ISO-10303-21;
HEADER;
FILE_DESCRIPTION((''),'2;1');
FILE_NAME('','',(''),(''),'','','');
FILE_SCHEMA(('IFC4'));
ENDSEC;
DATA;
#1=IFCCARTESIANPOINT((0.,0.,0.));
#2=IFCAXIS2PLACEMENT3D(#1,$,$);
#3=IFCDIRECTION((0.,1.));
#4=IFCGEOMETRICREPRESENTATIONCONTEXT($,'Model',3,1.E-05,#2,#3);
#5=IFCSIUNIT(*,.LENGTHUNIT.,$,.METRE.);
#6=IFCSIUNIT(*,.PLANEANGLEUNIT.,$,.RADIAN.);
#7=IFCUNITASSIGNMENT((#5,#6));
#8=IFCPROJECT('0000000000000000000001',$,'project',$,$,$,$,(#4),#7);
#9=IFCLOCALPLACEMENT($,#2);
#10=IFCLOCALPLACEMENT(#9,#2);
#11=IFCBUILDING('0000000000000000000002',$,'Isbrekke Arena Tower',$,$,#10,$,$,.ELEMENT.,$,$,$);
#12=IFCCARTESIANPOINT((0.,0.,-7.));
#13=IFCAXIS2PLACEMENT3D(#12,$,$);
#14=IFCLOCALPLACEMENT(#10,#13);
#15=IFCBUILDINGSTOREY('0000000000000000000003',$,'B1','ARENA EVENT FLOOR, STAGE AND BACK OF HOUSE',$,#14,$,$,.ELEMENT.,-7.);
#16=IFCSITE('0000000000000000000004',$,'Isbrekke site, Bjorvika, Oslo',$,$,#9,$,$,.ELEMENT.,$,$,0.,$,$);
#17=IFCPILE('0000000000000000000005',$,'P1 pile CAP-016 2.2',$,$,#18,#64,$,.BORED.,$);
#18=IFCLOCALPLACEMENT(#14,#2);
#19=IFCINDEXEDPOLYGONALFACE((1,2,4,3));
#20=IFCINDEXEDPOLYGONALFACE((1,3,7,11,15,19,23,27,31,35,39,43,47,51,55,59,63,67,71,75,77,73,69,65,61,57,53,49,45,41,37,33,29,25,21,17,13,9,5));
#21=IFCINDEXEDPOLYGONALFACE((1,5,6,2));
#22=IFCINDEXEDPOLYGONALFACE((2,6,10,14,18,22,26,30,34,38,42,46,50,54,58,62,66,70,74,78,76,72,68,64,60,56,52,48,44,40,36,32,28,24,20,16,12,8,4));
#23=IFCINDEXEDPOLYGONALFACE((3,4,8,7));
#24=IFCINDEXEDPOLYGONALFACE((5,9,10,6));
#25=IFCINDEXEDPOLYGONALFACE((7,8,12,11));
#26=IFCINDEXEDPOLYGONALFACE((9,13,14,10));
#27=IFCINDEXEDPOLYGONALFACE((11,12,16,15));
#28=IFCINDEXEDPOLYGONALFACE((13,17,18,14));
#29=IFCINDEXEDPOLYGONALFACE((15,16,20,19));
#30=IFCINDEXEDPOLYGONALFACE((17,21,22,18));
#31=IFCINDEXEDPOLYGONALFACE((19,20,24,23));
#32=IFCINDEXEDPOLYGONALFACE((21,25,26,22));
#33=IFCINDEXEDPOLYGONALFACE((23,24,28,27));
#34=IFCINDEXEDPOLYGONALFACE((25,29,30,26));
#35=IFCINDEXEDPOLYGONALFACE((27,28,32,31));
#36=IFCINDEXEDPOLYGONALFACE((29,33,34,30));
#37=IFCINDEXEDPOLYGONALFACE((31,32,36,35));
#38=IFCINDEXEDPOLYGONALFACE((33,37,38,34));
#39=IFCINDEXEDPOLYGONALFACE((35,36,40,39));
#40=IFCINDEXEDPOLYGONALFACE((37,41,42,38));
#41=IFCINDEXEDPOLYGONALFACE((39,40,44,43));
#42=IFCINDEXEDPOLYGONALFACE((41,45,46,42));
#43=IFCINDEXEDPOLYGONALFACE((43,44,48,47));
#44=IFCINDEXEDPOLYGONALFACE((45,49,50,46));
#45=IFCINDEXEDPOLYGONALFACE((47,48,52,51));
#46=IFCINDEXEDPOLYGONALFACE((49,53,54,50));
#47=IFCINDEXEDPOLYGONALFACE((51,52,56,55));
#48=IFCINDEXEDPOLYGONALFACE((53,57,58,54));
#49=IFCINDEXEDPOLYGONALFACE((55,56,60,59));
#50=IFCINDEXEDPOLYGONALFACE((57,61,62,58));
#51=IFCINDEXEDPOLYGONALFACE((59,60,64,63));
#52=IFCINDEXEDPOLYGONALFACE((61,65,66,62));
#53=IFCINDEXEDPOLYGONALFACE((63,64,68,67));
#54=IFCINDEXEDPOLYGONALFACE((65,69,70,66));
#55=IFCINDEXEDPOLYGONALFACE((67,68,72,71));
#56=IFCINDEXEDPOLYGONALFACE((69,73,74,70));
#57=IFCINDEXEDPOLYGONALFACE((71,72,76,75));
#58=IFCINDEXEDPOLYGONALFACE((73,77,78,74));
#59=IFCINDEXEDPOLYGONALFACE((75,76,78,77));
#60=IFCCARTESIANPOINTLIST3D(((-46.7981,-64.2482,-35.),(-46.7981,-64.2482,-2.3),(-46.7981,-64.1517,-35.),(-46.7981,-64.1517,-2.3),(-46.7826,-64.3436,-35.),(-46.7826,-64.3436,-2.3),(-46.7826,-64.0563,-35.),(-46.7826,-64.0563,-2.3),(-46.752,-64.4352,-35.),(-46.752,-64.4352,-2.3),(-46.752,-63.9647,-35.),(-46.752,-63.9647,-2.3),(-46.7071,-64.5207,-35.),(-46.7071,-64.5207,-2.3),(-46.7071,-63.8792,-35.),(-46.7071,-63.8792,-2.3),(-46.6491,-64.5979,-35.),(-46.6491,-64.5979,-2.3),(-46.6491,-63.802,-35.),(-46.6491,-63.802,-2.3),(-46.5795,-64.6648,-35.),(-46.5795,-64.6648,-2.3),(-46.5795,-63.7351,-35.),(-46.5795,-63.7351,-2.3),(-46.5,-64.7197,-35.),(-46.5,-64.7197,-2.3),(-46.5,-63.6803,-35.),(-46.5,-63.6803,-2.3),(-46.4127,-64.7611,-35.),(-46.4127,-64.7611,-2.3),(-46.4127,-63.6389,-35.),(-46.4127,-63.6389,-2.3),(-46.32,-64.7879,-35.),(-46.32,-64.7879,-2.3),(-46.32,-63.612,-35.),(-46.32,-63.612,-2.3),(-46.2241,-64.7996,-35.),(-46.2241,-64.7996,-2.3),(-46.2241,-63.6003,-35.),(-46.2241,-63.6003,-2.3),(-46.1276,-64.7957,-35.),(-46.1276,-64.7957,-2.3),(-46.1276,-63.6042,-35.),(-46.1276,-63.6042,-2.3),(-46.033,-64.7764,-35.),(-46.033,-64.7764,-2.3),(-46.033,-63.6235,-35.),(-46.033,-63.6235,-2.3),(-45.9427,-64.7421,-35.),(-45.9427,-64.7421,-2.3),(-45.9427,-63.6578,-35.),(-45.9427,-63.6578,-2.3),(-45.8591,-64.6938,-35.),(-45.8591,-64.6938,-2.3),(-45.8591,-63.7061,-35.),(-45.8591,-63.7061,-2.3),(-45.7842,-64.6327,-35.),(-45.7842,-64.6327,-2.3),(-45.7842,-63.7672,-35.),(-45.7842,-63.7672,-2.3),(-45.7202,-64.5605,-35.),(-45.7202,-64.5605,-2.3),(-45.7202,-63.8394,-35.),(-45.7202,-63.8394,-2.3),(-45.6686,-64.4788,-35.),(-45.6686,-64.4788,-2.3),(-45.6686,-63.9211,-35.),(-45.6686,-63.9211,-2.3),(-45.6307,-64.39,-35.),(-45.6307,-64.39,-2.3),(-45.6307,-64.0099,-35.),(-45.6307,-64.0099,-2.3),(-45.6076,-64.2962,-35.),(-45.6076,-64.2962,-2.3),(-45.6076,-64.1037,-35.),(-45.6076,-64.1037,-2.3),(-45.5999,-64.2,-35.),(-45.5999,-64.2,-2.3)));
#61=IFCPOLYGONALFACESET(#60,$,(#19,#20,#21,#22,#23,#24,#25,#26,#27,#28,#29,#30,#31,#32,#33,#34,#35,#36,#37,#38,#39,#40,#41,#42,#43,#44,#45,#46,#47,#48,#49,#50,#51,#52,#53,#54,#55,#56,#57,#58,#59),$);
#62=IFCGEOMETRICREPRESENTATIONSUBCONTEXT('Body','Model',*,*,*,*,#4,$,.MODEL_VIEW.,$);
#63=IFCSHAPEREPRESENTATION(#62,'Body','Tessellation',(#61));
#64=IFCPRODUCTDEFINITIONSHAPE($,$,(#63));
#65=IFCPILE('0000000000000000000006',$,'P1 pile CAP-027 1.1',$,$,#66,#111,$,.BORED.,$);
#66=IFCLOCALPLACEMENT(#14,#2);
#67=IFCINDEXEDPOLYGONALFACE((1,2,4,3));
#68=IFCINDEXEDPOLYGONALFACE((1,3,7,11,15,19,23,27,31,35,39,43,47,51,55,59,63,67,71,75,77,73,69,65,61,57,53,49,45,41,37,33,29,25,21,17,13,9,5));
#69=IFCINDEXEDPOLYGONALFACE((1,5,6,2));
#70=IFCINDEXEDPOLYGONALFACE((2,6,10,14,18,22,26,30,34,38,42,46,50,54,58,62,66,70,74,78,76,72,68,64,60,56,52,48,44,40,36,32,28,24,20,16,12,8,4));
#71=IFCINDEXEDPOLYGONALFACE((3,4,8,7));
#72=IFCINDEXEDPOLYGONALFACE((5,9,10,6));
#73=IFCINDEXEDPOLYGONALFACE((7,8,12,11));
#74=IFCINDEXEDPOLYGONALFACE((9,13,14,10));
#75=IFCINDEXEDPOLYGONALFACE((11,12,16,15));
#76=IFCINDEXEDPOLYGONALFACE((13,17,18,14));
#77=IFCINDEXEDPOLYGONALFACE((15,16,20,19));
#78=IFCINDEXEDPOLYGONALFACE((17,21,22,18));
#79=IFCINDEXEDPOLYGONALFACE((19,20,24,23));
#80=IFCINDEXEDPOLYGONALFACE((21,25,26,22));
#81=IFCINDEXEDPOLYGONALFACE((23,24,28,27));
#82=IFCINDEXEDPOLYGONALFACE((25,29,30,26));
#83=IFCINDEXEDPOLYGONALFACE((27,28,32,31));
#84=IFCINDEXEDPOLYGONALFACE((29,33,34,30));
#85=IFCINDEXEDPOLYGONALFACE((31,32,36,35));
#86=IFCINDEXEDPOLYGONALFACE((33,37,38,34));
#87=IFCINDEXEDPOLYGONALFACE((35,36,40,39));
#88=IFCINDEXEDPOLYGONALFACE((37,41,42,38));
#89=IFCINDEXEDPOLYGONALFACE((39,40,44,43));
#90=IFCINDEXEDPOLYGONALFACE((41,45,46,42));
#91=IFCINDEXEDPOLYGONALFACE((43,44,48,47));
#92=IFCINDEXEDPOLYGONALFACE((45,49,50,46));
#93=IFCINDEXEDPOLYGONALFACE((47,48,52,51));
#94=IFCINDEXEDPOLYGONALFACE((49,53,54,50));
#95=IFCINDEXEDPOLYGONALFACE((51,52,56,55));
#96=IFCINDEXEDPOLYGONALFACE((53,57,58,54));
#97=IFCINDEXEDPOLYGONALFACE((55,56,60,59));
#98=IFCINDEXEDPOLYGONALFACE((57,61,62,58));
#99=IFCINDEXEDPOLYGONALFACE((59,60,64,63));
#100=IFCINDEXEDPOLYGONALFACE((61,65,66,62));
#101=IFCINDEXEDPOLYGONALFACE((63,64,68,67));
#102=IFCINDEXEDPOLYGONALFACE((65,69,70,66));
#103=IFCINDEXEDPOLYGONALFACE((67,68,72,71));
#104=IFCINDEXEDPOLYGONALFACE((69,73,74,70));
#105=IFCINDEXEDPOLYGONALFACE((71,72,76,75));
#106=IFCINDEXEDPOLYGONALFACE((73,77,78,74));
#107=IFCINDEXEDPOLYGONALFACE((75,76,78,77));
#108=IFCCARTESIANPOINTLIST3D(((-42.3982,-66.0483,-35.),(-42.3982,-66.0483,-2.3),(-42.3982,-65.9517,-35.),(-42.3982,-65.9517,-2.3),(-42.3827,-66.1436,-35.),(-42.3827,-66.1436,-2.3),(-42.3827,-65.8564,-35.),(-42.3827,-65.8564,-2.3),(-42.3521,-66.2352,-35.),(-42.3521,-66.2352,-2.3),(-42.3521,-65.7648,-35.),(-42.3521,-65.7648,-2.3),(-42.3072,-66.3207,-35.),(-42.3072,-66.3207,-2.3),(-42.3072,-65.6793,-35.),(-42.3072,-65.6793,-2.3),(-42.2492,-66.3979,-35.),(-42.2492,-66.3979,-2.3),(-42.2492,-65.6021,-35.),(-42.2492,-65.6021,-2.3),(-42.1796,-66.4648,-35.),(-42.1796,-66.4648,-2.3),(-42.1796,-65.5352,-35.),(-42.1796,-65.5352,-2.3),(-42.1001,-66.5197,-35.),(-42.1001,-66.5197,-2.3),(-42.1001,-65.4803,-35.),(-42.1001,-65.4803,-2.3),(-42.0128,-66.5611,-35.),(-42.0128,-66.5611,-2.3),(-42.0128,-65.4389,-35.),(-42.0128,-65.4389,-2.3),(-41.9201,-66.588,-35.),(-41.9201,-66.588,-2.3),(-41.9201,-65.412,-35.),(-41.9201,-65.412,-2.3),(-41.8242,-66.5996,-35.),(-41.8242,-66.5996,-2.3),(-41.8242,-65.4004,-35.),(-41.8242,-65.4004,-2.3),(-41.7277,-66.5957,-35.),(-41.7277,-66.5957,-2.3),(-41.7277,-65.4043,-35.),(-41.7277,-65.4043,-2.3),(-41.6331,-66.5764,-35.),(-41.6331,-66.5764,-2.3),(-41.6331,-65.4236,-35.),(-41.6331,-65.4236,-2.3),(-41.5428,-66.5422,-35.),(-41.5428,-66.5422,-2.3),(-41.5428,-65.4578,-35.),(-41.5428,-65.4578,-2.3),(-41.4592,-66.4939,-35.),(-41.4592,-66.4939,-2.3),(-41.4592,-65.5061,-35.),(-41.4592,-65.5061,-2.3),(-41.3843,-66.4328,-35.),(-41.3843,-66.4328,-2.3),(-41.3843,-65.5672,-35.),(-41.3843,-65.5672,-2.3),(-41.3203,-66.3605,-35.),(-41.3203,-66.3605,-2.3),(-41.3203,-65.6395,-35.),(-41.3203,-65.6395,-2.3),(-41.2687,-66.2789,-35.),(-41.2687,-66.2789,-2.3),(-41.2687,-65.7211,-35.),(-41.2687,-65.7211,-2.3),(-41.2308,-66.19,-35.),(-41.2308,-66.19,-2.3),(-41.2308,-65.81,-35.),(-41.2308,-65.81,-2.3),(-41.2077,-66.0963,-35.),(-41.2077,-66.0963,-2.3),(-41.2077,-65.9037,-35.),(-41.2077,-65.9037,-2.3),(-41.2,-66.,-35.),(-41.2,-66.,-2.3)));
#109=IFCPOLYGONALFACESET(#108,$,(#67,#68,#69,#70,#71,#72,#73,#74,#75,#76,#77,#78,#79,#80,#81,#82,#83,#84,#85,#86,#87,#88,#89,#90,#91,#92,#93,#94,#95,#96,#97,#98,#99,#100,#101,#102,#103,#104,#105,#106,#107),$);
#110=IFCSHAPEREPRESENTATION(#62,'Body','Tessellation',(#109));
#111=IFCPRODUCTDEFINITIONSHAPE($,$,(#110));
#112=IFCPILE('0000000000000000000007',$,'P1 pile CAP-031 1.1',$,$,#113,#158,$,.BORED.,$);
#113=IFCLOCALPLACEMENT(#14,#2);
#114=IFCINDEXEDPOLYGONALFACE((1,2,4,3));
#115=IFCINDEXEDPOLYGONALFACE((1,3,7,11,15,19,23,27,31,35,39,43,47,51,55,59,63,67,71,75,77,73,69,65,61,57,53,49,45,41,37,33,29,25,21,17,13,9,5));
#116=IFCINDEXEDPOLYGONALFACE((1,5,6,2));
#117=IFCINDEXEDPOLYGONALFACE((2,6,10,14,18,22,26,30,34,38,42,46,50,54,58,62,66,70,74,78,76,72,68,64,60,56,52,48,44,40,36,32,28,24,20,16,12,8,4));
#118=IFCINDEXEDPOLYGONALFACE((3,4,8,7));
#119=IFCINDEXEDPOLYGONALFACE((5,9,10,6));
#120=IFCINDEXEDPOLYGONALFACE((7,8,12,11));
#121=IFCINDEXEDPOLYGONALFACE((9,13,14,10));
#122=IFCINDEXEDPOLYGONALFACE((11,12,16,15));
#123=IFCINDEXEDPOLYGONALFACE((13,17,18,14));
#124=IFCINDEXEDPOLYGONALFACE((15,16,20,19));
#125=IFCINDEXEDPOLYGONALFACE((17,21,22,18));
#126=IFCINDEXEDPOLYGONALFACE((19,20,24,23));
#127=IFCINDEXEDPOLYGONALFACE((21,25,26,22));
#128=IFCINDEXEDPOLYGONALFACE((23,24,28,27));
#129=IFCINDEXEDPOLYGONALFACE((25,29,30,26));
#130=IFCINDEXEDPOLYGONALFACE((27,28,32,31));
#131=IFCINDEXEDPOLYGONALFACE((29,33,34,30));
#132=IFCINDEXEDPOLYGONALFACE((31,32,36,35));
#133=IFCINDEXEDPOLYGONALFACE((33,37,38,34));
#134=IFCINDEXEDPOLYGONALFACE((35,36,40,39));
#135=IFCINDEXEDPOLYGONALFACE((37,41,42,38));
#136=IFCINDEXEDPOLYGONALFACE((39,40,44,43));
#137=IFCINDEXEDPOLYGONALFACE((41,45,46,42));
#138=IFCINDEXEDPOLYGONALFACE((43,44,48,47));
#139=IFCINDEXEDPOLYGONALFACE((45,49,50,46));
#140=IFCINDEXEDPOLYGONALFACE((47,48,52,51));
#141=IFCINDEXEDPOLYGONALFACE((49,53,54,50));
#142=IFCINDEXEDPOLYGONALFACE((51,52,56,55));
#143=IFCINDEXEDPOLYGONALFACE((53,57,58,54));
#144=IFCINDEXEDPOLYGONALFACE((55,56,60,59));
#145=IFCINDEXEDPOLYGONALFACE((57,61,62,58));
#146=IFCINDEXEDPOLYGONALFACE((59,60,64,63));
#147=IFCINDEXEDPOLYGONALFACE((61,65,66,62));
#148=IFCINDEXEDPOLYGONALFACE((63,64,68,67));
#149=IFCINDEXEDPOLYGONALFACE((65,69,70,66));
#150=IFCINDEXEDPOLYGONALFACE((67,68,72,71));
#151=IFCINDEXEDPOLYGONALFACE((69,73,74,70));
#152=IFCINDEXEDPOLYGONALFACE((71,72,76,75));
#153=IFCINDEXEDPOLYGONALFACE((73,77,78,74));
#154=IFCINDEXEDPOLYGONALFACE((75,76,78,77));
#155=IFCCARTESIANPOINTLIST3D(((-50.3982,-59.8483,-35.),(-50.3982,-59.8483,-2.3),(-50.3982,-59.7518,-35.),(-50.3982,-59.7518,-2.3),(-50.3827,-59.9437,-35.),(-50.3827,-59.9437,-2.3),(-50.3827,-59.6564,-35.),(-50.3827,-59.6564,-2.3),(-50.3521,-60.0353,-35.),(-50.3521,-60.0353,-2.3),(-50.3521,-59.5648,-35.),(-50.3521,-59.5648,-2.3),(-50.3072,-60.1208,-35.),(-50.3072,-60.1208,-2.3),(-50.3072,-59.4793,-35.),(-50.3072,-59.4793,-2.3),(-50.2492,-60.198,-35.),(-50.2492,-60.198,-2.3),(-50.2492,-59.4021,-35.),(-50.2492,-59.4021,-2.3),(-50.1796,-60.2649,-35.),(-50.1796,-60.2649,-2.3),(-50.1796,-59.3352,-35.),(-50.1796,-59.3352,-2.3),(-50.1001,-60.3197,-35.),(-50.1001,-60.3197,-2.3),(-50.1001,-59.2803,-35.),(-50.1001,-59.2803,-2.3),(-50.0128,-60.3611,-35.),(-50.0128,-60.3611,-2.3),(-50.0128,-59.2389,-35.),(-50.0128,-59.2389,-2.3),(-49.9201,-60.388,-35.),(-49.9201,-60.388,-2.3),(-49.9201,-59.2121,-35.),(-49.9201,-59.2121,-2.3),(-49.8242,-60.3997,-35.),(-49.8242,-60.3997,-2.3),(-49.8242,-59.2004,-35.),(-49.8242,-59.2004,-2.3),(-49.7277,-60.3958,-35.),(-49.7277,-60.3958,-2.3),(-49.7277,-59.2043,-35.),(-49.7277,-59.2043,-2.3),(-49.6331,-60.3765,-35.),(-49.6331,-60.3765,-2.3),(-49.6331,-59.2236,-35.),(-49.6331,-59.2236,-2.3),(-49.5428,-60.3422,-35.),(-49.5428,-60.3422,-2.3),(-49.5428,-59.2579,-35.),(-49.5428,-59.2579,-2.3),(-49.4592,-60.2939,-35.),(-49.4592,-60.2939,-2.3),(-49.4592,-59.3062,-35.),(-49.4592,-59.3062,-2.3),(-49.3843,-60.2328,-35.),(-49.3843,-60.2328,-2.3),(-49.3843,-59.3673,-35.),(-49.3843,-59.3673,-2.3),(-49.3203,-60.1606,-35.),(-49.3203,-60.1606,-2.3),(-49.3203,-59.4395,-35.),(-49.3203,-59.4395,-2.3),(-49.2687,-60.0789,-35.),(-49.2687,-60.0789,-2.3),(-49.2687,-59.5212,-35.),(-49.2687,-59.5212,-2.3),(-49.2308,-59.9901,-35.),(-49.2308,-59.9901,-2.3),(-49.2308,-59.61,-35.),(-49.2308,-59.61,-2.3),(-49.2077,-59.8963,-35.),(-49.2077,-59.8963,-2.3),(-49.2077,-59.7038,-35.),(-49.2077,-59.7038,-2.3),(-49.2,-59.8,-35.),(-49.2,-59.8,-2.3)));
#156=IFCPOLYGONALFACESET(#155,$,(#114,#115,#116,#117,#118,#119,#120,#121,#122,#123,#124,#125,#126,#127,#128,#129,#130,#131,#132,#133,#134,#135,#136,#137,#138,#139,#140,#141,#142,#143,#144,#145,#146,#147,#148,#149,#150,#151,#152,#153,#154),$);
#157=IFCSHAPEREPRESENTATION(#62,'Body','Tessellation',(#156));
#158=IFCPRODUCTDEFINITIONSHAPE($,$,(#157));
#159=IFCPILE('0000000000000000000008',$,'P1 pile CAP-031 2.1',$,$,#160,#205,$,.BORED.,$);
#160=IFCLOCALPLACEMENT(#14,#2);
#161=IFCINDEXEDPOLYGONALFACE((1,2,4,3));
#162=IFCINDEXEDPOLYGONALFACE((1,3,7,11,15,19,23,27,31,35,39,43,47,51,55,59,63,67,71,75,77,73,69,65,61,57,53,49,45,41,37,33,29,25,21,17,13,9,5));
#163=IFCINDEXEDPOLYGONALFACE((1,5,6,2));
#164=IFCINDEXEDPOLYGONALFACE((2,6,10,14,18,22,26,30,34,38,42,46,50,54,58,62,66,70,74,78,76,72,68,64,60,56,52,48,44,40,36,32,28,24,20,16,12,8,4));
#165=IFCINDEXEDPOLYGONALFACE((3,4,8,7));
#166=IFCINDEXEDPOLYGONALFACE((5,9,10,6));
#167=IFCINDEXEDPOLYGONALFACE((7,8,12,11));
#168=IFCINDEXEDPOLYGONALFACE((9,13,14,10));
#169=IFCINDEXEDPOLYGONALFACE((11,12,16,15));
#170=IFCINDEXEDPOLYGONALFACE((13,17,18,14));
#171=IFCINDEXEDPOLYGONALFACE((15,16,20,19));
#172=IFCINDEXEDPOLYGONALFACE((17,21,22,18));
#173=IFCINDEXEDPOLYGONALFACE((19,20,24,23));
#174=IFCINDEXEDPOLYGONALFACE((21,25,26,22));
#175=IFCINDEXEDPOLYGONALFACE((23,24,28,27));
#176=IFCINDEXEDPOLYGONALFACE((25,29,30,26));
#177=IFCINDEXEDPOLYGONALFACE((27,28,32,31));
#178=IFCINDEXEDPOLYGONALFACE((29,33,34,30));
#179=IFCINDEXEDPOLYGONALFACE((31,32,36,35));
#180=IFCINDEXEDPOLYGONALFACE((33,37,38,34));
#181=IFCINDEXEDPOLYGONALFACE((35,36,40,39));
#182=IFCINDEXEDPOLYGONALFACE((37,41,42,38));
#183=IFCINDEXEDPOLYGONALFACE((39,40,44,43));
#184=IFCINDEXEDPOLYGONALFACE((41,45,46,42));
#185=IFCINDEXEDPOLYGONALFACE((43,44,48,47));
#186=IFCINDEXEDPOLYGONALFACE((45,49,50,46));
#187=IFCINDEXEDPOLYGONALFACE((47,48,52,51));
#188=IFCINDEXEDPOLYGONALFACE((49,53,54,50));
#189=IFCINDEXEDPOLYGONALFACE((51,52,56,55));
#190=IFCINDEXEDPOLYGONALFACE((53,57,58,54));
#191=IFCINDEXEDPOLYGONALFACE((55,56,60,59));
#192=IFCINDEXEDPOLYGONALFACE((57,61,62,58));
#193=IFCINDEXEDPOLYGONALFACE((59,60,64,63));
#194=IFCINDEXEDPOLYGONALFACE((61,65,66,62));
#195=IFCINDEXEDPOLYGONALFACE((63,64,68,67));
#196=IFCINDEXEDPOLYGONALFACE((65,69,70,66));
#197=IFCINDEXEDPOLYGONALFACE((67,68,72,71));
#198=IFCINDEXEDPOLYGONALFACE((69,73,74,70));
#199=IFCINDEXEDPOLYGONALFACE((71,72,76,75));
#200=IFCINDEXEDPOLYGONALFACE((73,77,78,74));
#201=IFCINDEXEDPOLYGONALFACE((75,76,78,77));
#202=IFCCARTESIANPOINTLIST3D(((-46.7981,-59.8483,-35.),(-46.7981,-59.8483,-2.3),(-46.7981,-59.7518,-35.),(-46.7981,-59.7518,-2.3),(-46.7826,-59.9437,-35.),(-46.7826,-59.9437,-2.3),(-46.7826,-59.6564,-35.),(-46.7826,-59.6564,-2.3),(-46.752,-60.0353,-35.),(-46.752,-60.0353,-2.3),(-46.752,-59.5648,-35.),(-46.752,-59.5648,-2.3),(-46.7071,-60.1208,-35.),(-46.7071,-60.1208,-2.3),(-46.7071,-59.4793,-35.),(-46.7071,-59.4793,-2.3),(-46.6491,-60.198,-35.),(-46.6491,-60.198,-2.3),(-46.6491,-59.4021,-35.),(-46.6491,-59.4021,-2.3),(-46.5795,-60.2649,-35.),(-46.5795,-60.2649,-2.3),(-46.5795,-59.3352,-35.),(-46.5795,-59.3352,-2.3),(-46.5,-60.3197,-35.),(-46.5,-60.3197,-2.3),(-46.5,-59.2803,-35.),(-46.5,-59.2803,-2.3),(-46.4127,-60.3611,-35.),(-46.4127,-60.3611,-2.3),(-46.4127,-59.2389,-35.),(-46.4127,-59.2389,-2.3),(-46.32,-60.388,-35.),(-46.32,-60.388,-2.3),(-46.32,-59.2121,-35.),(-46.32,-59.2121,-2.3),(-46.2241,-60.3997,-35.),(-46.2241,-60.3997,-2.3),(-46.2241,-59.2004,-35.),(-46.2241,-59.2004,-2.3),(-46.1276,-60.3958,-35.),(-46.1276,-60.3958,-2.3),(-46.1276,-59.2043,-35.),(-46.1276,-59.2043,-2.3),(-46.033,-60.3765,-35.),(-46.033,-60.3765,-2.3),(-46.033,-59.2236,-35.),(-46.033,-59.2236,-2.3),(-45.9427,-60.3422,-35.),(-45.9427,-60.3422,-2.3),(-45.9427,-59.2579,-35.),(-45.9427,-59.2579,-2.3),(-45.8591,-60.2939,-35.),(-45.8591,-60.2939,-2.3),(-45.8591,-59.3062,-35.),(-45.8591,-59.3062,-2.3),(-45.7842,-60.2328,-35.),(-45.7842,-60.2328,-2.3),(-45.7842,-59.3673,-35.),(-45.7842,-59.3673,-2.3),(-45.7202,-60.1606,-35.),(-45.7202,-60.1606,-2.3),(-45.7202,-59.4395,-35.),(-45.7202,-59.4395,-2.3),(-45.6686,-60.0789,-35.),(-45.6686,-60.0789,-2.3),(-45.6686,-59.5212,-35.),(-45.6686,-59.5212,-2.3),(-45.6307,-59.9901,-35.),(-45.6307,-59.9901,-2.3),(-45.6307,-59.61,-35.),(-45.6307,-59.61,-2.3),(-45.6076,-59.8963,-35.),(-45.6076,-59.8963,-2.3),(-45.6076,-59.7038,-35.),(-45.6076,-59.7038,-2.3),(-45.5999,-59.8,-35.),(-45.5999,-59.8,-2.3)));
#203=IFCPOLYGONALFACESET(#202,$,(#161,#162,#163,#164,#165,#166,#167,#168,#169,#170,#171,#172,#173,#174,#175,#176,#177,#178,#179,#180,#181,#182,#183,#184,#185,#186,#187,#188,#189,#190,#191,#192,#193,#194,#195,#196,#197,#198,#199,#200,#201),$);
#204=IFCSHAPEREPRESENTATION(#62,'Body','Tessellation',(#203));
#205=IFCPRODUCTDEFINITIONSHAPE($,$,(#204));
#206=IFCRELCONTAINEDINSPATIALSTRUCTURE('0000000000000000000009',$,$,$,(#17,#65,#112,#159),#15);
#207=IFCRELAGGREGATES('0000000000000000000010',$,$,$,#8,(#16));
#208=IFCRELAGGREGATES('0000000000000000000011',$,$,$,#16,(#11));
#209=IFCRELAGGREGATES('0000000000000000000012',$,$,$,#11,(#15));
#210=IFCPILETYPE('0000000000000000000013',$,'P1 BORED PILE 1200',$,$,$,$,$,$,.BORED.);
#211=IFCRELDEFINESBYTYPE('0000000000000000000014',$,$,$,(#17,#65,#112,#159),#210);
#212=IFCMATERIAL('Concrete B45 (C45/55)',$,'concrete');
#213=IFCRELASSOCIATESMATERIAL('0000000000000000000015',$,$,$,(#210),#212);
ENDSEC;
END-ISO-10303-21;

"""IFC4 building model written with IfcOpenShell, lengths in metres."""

from ifc_helpers import new_model, si_unit, direction, frame, origin, origin_2d, place, context, subcontext, project, spatial, circle, extrude, material, material_profile, profile_set, type_object, element, save


model = new_model("IFC4")

# Units and contexts
model_context = context("Model", 3, precision=1e-05, world=origin(), true_north=direction((0.0, 1.0)))
body_context = subcontext(model_context, "Body", "Model", "MODEL_VIEW")
ifc_project = project(units=[si_unit("LENGTHUNIT", "METRE"), si_unit("PLANEANGLEUNIT", "RADIAN")], contexts=[model_context])

# Site, building, storey
site_placement = place(None, origin())
site = spatial("IfcSite", under=ifc_project, at=site_placement, Name="Isbrekke site, Bjorvika, Oslo", CompositionType="ELEMENT", RefElevation=0.0)
building_placement = place(site_placement, origin())
building = spatial("IfcBuilding", under=site, at=building_placement, Name="Isbrekke Arena Tower", CompositionType="ELEMENT")
storey_placement = place(building_placement, frame((0.0, 0.0, -7.0)))
storey = spatial("IfcBuildingStorey", under=building, at=storey_placement, Name="B1", Description="ARENA EVENT FLOOR, STAGE AND BACK OF HOUSE", CompositionType="ELEMENT", Elevation=-7.0)

# Piles
ifc_material_1 = material(Name="Concrete B45 (C45/55)", Category="concrete")
ifc_material_profile_1 = material_profile(ifc_material_1, circle(Radius=0.6001, at=origin_2d()), Name="BORED PILE D1200")
ifc_profile_set_1 = profile_set([ifc_material_profile_1], Name="Concrete B45 (C45/55)")
pile_type = type_object("IfcPileType", Name="P1 BORED PILE 1200", PredefinedType="BORED", material=ifc_profile_set_1)
for number, where, z_axis, x_axis, name in (
    (1, (-46.2, -64.2, -2.3), (0.0, 0.0, -1.0), (1.0, 0.0, 0.0), "P1 pile CAP-016 2.2"),
    (2, (-41.8, -66.0, -2.3), (0.0, 0.0, -1.0), (1.0, 0.0, 0.0), "P1 pile CAP-027 1.1"),
    (3, (-49.8, -59.8, -2.3), (0.0, 0.0, -1.0), (1.0, 0.0, 0.0), "P1 pile CAP-031 1.1"),
    (4, (-46.2, -59.8, -2.3), (0.0, 0.0, -1.0), (1.0, 0.0, 0.0), "P1 pile CAP-031 2.1"),
):
    element("IfcPile", number, at=place(storey_placement, frame(where, z_axis=z_axis, x_axis=x_axis)), inside=storey, type_object=pile_type, Name=name, PredefinedType="BORED", context=body_context, shape_type="SweptSolid", body=[
        extrude(circle(Radius=0.6001, at=origin_2d()), origin(), (0.0, 0.0, 1.0), 32.7),
    ])

save(model, "model.ifc")
